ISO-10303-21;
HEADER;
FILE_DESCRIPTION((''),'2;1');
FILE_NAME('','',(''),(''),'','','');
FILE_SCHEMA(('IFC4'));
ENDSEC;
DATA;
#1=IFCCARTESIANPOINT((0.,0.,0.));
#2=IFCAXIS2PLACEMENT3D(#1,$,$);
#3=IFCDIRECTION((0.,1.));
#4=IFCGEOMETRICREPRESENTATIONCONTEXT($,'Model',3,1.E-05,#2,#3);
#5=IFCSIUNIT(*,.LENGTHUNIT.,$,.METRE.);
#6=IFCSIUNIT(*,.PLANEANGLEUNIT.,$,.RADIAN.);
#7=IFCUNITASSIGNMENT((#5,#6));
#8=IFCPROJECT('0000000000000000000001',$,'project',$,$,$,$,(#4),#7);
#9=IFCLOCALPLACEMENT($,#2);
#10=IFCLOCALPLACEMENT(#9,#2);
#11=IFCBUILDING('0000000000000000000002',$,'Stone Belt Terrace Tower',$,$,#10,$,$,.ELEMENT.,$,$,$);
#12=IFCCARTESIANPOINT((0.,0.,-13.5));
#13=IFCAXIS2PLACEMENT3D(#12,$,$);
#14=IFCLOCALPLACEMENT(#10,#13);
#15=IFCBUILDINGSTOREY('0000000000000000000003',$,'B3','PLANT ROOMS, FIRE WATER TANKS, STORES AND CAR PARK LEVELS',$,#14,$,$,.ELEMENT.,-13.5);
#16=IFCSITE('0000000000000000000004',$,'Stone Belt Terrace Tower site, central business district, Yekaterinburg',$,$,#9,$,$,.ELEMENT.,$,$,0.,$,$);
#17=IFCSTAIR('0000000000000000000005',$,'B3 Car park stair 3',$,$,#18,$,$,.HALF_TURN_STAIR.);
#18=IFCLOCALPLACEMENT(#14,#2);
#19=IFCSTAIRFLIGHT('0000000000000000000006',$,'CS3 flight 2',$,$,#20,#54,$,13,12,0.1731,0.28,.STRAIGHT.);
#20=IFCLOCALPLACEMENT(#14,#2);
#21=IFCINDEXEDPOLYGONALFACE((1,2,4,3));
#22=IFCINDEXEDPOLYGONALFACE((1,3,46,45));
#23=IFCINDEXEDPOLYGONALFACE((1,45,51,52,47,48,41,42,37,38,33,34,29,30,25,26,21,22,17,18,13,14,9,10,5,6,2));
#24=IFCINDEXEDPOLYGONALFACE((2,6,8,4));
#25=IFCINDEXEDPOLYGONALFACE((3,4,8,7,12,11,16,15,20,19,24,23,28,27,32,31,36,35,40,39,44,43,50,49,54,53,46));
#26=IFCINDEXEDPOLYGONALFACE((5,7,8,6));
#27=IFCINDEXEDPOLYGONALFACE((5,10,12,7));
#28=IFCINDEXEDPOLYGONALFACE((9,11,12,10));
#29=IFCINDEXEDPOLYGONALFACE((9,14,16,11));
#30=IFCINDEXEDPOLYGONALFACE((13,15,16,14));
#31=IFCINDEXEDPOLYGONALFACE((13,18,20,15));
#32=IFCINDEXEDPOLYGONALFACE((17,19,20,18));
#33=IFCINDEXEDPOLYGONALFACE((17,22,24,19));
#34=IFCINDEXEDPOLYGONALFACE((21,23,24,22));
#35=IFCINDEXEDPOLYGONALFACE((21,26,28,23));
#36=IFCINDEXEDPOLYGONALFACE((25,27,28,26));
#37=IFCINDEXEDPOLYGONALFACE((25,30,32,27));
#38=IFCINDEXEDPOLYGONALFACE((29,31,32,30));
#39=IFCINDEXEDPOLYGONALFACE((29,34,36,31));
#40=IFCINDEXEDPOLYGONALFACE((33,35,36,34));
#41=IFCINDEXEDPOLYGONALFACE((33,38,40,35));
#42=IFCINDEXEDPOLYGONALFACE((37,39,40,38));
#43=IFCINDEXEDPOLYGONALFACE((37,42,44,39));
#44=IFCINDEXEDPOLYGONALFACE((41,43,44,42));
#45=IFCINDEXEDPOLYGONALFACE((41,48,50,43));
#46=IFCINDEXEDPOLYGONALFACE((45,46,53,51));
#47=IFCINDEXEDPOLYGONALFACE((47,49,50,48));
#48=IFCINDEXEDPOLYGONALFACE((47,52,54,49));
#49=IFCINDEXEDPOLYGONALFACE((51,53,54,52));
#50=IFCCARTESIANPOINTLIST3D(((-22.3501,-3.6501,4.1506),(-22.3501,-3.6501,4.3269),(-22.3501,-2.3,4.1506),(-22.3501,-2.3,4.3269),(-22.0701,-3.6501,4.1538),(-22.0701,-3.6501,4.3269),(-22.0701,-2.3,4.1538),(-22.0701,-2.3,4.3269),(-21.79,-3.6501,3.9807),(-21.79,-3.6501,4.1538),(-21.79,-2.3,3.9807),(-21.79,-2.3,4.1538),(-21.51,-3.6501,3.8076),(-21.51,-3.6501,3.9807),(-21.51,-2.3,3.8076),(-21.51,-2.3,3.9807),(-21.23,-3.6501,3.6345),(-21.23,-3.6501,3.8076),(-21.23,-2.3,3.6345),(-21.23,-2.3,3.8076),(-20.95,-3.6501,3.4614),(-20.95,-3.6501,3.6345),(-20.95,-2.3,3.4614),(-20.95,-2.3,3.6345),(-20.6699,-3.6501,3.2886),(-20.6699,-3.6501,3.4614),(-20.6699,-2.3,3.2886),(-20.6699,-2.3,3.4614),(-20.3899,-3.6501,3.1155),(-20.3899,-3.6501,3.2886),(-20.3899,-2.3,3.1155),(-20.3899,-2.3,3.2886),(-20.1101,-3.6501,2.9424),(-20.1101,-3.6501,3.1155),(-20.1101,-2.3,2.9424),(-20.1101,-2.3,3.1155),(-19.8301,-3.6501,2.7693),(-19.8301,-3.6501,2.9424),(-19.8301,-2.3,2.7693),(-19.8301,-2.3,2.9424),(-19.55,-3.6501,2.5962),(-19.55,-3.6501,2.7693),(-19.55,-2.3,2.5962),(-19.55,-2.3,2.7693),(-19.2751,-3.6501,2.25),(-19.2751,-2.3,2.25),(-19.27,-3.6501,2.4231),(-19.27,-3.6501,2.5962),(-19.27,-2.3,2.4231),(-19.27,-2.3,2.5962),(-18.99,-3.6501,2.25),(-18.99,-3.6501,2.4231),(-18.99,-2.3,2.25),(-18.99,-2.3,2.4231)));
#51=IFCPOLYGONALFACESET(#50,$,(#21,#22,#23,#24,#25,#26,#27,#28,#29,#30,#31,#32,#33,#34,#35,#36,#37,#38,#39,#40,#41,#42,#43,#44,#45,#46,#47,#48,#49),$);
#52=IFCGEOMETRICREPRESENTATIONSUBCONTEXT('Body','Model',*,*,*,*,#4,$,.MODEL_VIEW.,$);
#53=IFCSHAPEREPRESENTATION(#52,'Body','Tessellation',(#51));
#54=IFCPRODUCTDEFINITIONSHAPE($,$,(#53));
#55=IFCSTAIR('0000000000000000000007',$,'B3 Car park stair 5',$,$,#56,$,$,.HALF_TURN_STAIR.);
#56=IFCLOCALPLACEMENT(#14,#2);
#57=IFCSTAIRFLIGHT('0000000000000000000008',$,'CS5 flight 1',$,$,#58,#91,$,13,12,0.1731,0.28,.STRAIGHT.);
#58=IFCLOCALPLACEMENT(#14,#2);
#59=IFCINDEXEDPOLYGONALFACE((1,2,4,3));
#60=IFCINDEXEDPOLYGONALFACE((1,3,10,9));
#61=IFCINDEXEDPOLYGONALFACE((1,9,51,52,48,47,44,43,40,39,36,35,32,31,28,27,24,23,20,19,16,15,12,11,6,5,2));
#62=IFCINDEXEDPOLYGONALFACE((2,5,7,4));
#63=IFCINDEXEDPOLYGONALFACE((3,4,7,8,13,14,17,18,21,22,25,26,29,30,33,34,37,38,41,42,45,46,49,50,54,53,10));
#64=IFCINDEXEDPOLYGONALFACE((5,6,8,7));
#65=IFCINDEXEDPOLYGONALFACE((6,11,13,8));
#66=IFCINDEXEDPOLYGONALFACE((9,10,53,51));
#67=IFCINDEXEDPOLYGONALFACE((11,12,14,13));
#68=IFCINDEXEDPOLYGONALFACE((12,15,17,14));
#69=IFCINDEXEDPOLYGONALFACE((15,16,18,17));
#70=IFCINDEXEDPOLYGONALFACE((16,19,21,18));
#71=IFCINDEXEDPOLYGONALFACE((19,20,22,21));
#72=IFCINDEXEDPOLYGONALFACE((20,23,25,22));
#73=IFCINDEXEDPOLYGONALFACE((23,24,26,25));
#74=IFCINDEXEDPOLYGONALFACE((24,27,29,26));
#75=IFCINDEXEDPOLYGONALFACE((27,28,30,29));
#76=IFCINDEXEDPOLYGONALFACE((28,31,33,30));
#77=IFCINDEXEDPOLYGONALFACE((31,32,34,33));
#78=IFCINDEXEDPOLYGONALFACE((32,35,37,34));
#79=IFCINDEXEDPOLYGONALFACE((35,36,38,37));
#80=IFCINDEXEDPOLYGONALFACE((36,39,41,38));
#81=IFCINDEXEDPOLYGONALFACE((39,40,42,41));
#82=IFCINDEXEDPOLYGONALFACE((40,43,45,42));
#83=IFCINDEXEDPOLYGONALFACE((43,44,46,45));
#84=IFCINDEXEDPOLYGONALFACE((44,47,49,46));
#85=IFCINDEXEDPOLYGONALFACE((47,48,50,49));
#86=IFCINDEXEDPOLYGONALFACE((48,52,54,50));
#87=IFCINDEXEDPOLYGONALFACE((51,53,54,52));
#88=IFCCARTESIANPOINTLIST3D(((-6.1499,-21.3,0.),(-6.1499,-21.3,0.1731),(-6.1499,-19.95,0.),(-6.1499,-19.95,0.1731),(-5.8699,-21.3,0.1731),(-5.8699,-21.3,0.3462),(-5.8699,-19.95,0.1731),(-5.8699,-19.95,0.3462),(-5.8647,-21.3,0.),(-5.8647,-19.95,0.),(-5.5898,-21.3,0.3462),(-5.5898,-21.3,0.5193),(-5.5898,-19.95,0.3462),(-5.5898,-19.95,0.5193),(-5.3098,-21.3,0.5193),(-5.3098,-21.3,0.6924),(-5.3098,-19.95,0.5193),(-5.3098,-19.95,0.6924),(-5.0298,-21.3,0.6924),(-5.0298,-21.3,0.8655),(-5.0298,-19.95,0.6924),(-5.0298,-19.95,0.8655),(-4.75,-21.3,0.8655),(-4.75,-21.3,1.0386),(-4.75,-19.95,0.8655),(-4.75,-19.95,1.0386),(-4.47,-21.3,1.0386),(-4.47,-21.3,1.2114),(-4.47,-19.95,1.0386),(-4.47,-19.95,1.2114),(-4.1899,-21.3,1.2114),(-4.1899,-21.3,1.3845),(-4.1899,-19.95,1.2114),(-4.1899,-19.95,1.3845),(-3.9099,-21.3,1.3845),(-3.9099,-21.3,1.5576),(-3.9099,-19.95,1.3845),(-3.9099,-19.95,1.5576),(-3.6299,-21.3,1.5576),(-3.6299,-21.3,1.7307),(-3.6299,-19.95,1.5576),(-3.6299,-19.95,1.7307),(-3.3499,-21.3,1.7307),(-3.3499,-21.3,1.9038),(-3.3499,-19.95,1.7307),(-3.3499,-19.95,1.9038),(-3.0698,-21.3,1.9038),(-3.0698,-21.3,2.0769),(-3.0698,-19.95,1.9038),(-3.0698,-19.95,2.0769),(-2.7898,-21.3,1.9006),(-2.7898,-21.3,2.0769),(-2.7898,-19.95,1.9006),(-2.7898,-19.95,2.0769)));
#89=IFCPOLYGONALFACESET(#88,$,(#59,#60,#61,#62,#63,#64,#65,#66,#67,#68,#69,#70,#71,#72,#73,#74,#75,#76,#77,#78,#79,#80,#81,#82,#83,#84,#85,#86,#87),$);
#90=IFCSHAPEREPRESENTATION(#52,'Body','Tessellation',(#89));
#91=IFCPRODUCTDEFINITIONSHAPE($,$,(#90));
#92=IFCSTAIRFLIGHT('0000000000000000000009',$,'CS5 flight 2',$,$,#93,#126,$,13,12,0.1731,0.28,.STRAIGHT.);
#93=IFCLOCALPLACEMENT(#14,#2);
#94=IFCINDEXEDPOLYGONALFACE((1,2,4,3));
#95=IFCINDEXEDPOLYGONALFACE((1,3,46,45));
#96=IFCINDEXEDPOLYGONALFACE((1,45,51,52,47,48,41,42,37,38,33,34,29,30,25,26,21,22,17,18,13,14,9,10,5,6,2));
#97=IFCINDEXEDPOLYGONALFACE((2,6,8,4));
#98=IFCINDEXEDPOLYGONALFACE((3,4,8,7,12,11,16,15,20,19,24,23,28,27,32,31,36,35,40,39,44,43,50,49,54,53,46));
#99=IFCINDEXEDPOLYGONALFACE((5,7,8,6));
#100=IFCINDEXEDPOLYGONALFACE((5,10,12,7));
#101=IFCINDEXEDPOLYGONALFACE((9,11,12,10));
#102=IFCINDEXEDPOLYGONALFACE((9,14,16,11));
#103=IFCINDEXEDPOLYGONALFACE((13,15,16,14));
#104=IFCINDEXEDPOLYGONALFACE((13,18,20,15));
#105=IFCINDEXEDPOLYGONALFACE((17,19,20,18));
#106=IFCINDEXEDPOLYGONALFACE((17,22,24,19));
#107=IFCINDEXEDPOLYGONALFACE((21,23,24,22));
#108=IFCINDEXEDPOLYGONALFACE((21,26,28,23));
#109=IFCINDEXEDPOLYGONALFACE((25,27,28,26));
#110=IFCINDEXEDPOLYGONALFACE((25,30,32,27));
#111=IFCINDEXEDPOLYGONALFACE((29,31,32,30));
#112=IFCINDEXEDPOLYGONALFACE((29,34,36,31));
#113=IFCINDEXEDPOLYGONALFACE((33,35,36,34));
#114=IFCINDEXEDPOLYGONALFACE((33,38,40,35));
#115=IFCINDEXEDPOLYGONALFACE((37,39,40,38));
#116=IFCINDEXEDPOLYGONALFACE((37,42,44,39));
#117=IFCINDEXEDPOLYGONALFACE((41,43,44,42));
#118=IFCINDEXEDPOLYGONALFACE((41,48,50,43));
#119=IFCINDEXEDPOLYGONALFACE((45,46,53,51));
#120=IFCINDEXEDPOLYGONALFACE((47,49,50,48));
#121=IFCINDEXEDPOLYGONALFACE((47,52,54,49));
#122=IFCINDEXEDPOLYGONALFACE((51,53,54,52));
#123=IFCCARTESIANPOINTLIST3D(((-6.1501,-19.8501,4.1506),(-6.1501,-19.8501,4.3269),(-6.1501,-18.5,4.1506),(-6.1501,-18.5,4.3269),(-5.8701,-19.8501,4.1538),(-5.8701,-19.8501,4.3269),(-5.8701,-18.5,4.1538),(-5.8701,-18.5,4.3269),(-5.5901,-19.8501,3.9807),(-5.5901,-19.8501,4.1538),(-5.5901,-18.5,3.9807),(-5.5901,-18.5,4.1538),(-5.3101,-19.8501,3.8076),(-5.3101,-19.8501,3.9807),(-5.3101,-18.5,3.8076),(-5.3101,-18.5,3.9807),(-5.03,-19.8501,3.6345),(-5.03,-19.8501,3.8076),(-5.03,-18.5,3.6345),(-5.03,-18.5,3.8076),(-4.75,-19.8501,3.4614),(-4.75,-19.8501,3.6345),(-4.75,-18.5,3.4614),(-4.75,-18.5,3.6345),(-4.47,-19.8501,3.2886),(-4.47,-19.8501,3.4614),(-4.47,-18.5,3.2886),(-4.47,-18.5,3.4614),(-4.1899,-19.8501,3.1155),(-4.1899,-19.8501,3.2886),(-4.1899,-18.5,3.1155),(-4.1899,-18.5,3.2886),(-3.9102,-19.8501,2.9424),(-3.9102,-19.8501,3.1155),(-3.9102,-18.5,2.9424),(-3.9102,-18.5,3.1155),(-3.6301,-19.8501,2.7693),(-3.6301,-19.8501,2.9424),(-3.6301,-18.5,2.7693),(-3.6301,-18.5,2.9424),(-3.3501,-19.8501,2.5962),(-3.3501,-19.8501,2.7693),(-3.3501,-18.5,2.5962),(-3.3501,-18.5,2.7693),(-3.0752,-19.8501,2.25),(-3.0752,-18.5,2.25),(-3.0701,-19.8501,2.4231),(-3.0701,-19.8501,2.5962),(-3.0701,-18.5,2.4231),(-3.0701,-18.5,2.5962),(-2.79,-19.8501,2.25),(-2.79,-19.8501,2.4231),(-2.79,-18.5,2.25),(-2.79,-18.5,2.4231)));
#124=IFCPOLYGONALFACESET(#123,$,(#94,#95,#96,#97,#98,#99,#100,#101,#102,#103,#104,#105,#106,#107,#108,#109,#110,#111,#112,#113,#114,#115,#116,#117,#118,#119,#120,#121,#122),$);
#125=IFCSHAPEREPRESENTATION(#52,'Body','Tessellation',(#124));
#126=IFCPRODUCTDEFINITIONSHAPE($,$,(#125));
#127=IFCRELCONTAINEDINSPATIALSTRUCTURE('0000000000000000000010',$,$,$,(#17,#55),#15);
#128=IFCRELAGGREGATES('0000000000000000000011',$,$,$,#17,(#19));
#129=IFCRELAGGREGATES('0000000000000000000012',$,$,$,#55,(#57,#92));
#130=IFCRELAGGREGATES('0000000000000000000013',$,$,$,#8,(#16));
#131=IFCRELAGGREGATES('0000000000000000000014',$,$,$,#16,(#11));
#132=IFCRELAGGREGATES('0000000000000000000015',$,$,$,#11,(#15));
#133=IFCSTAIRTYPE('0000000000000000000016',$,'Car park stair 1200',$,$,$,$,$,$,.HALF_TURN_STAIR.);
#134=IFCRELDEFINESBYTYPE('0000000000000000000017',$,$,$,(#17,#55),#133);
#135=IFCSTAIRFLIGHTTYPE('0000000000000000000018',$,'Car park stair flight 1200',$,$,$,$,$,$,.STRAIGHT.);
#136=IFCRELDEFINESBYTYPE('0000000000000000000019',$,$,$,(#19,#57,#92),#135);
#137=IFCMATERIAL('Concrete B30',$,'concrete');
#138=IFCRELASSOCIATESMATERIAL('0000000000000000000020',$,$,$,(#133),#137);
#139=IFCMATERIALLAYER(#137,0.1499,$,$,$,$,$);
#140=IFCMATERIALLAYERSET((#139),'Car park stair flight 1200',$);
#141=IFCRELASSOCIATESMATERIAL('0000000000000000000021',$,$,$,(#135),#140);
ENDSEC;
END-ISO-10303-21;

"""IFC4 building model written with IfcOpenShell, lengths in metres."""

from ifc_helpers import new_model, si_unit, direction, frame, origin, place, context, subcontext, project, spatial, polyline, outline, extrude, material, layer, layer_set, type_object, element, aggregate, save


model = new_model("IFC4")

# Units and contexts
model_context = context("Model", 3, precision=1e-05, world=origin(), true_north=direction((0.0, 1.0)))
body_context = subcontext(model_context, "Body", "Model", "MODEL_VIEW")
ifc_project = project(units=[si_unit("LENGTHUNIT", "METRE"), si_unit("PLANEANGLEUNIT", "RADIAN")], contexts=[model_context])

# Site, building, storey
site_placement = place(None, origin())
site = spatial("IfcSite", under=ifc_project, at=site_placement, Name="Stone Belt Terrace Tower site, central business district, Yekaterinburg", CompositionType="ELEMENT", RefElevation=0.0)
building_placement = place(site_placement, origin())
building = spatial("IfcBuilding", under=site, at=building_placement, Name="Stone Belt Terrace Tower", CompositionType="ELEMENT")
storey_placement = place(building_placement, frame((0.0, 0.0, -13.5)))
storey = spatial("IfcBuildingStorey", under=building, at=storey_placement, Name="B3", Description="PLANT ROOMS, FIRE WATER TANKS, STORES AND CAR PARK LEVELS", CompositionType="ELEMENT", Elevation=-13.5)

# Shared definitions
ifc_material_1 = material(Name="Concrete B30", Category="concrete")

# Stair, stair flight
stair_type = type_object("IfcStairType", Name="Car park stair 1200", PredefinedType="HALF_TURN_STAIR", material=ifc_material_1)
stair_1_placement = place(storey_placement, origin())
stair_1 = element("IfcStair", 1, at=stair_1_placement, inside=storey, type_object=stair_type, Name="B3 Car park stair 3", PredefinedType="HALF_TURN_STAIR")
ifc_layer_1 = layer(ifc_material_1, 0.1499)
ifc_layer_set_1 = layer_set([ifc_layer_1], Name="Car park stair flight 1200")
stair_flight_type = type_object("IfcStairFlightType", Name="Car park stair flight 1200", PredefinedType="STRAIGHT", material=ifc_layer_set_1)
stair_flight_1_placement = place(storey_placement, frame((-18.99, -2.9751, 2.25), z_axis=(0.0, 0.0, 1.0), x_axis=(-1.0, 0.0, 0.0)))
stair_flight_1 = element("IfcStairFlight", 2, at=stair_flight_1_placement, type_object=stair_flight_type, Name="CS3 flight 2", NumberOfRisers=13, NumberOfTreads=12, PredefinedType="STRAIGHT", RiserHeight=0.1731, TreadLength=0.28, context=body_context, shape_type="SweptSolid", body=[
    extrude(outline(polyline([(0.0, 0.0), (0.0, 0.1731), (0.28, 0.1731), (0.28, 0.3462), (0.5601, 0.3462), (0.5601, 0.5193), (0.8401, 0.5193), (0.8401, 0.6924), (1.1201, 0.6924), (1.1201, 0.8655), (1.3999, 0.8655), (1.3999, 1.0386), (1.6799, 1.0386), (1.6799, 1.2114), (1.96, 1.2114), (1.96, 1.3845), (2.24, 1.3845), (2.24, 1.5576), (2.52, 1.5576), (2.52, 1.7307), (2.8, 1.7307), (2.8, 1.9038), (3.0801, 1.9038), (3.0801, 2.0769), (3.3601, 2.0769), (3.3601, 2.25), (3.3601, 1.9006), (0.2852, 0.0), (0.0, 0.0)])), frame((0.0, 0.675, 0.0), z_axis=(0.0, -1.0, 0.0), x_axis=(1.0, 0.0, 0.0)), (0.0, 0.0, 1.0), 1.3501),
])
aggregate(stair_1, [stair_flight_1])

# Stair, stair flights
stair_2_placement = place(storey_placement, origin())
stair_2 = element("IfcStair", 3, at=stair_2_placement, inside=storey, type_object=stair_type, Name="B3 Car park stair 5", PredefinedType="HALF_TURN_STAIR")
stair_flight_2_placement = place(storey_placement, frame((-6.1499, -20.625, 0.0), z_axis=(0.0, 0.0, 1.0), x_axis=(1.0, 0.0, 0.0)))
stair_flight_2 = element("IfcStairFlight", 4, at=stair_flight_2_placement, type_object=stair_flight_type, Name="CS5 flight 1", NumberOfRisers=13, NumberOfTreads=12, PredefinedType="STRAIGHT", RiserHeight=0.1731, TreadLength=0.28, context=body_context, shape_type="SweptSolid", body=[
    extrude(outline(polyline([(0.0, 0.0), (0.0, 0.1731), (0.28, 0.1731), (0.28, 0.3462), (0.5601, 0.3462), (0.5601, 0.5193), (0.8401, 0.5193), (0.8401, 0.6924), (1.1201, 0.6924), (1.1201, 0.8655), (1.3999, 0.8655), (1.3999, 1.0386), (1.6799, 1.0386), (1.6799, 1.2114), (1.96, 1.2114), (1.96, 1.3845), (2.24, 1.3845), (2.24, 1.5576), (2.52, 1.5576), (2.52, 1.7307), (2.8, 1.7307), (2.8, 1.9038), (3.0801, 1.9038), (3.0801, 2.0769), (3.3601, 2.0769), (3.3601, 2.25), (3.3601, 1.9006), (0.2852, 0.0), (0.0, 0.0)])), frame((0.0, 0.675, 0.0), z_axis=(0.0, -1.0, 0.0), x_axis=(1.0, 0.0, 0.0)), (0.0, 0.0, 1.0), 1.3501),
])
stair_flight_3_placement = place(storey_placement, frame((-2.79, -19.175, 2.25), z_axis=(0.0, 0.0, 1.0), x_axis=(-1.0, 0.0, 0.0)))
stair_flight_3 = element("IfcStairFlight", 5, at=stair_flight_3_placement, type_object=stair_flight_type, Name="CS5 flight 2", NumberOfRisers=13, NumberOfTreads=12, PredefinedType="STRAIGHT", RiserHeight=0.1731, TreadLength=0.28, context=body_context, shape_type="SweptSolid", body=[
    extrude(outline(polyline([(0.0, 0.0), (0.0, 0.1731), (0.28, 0.1731), (0.28, 0.3462), (0.5601, 0.3462), (0.5601, 0.5193), (0.8401, 0.5193), (0.8401, 0.6924), (1.1201, 0.6924), (1.1201, 0.8655), (1.3999, 0.8655), (1.3999, 1.0386), (1.6799, 1.0386), (1.6799, 1.2114), (1.96, 1.2114), (1.96, 1.3845), (2.24, 1.3845), (2.24, 1.5576), (2.52, 1.5576), (2.52, 1.7307), (2.8, 1.7307), (2.8, 1.9038), (3.0801, 1.9038), (3.0801, 2.0769), (3.3601, 2.0769), (3.3601, 2.25), (3.3601, 1.9006), (0.2852, 0.0), (0.0, 0.0)])), frame((0.0, 0.675, 0.0), z_axis=(0.0, -1.0, 0.0), x_axis=(1.0, 0.0, 0.0)), (0.0, 0.0, 1.0), 1.3501),
])
aggregate(stair_2, [stair_flight_2, stair_flight_3])

save(model, "model.ifc")
